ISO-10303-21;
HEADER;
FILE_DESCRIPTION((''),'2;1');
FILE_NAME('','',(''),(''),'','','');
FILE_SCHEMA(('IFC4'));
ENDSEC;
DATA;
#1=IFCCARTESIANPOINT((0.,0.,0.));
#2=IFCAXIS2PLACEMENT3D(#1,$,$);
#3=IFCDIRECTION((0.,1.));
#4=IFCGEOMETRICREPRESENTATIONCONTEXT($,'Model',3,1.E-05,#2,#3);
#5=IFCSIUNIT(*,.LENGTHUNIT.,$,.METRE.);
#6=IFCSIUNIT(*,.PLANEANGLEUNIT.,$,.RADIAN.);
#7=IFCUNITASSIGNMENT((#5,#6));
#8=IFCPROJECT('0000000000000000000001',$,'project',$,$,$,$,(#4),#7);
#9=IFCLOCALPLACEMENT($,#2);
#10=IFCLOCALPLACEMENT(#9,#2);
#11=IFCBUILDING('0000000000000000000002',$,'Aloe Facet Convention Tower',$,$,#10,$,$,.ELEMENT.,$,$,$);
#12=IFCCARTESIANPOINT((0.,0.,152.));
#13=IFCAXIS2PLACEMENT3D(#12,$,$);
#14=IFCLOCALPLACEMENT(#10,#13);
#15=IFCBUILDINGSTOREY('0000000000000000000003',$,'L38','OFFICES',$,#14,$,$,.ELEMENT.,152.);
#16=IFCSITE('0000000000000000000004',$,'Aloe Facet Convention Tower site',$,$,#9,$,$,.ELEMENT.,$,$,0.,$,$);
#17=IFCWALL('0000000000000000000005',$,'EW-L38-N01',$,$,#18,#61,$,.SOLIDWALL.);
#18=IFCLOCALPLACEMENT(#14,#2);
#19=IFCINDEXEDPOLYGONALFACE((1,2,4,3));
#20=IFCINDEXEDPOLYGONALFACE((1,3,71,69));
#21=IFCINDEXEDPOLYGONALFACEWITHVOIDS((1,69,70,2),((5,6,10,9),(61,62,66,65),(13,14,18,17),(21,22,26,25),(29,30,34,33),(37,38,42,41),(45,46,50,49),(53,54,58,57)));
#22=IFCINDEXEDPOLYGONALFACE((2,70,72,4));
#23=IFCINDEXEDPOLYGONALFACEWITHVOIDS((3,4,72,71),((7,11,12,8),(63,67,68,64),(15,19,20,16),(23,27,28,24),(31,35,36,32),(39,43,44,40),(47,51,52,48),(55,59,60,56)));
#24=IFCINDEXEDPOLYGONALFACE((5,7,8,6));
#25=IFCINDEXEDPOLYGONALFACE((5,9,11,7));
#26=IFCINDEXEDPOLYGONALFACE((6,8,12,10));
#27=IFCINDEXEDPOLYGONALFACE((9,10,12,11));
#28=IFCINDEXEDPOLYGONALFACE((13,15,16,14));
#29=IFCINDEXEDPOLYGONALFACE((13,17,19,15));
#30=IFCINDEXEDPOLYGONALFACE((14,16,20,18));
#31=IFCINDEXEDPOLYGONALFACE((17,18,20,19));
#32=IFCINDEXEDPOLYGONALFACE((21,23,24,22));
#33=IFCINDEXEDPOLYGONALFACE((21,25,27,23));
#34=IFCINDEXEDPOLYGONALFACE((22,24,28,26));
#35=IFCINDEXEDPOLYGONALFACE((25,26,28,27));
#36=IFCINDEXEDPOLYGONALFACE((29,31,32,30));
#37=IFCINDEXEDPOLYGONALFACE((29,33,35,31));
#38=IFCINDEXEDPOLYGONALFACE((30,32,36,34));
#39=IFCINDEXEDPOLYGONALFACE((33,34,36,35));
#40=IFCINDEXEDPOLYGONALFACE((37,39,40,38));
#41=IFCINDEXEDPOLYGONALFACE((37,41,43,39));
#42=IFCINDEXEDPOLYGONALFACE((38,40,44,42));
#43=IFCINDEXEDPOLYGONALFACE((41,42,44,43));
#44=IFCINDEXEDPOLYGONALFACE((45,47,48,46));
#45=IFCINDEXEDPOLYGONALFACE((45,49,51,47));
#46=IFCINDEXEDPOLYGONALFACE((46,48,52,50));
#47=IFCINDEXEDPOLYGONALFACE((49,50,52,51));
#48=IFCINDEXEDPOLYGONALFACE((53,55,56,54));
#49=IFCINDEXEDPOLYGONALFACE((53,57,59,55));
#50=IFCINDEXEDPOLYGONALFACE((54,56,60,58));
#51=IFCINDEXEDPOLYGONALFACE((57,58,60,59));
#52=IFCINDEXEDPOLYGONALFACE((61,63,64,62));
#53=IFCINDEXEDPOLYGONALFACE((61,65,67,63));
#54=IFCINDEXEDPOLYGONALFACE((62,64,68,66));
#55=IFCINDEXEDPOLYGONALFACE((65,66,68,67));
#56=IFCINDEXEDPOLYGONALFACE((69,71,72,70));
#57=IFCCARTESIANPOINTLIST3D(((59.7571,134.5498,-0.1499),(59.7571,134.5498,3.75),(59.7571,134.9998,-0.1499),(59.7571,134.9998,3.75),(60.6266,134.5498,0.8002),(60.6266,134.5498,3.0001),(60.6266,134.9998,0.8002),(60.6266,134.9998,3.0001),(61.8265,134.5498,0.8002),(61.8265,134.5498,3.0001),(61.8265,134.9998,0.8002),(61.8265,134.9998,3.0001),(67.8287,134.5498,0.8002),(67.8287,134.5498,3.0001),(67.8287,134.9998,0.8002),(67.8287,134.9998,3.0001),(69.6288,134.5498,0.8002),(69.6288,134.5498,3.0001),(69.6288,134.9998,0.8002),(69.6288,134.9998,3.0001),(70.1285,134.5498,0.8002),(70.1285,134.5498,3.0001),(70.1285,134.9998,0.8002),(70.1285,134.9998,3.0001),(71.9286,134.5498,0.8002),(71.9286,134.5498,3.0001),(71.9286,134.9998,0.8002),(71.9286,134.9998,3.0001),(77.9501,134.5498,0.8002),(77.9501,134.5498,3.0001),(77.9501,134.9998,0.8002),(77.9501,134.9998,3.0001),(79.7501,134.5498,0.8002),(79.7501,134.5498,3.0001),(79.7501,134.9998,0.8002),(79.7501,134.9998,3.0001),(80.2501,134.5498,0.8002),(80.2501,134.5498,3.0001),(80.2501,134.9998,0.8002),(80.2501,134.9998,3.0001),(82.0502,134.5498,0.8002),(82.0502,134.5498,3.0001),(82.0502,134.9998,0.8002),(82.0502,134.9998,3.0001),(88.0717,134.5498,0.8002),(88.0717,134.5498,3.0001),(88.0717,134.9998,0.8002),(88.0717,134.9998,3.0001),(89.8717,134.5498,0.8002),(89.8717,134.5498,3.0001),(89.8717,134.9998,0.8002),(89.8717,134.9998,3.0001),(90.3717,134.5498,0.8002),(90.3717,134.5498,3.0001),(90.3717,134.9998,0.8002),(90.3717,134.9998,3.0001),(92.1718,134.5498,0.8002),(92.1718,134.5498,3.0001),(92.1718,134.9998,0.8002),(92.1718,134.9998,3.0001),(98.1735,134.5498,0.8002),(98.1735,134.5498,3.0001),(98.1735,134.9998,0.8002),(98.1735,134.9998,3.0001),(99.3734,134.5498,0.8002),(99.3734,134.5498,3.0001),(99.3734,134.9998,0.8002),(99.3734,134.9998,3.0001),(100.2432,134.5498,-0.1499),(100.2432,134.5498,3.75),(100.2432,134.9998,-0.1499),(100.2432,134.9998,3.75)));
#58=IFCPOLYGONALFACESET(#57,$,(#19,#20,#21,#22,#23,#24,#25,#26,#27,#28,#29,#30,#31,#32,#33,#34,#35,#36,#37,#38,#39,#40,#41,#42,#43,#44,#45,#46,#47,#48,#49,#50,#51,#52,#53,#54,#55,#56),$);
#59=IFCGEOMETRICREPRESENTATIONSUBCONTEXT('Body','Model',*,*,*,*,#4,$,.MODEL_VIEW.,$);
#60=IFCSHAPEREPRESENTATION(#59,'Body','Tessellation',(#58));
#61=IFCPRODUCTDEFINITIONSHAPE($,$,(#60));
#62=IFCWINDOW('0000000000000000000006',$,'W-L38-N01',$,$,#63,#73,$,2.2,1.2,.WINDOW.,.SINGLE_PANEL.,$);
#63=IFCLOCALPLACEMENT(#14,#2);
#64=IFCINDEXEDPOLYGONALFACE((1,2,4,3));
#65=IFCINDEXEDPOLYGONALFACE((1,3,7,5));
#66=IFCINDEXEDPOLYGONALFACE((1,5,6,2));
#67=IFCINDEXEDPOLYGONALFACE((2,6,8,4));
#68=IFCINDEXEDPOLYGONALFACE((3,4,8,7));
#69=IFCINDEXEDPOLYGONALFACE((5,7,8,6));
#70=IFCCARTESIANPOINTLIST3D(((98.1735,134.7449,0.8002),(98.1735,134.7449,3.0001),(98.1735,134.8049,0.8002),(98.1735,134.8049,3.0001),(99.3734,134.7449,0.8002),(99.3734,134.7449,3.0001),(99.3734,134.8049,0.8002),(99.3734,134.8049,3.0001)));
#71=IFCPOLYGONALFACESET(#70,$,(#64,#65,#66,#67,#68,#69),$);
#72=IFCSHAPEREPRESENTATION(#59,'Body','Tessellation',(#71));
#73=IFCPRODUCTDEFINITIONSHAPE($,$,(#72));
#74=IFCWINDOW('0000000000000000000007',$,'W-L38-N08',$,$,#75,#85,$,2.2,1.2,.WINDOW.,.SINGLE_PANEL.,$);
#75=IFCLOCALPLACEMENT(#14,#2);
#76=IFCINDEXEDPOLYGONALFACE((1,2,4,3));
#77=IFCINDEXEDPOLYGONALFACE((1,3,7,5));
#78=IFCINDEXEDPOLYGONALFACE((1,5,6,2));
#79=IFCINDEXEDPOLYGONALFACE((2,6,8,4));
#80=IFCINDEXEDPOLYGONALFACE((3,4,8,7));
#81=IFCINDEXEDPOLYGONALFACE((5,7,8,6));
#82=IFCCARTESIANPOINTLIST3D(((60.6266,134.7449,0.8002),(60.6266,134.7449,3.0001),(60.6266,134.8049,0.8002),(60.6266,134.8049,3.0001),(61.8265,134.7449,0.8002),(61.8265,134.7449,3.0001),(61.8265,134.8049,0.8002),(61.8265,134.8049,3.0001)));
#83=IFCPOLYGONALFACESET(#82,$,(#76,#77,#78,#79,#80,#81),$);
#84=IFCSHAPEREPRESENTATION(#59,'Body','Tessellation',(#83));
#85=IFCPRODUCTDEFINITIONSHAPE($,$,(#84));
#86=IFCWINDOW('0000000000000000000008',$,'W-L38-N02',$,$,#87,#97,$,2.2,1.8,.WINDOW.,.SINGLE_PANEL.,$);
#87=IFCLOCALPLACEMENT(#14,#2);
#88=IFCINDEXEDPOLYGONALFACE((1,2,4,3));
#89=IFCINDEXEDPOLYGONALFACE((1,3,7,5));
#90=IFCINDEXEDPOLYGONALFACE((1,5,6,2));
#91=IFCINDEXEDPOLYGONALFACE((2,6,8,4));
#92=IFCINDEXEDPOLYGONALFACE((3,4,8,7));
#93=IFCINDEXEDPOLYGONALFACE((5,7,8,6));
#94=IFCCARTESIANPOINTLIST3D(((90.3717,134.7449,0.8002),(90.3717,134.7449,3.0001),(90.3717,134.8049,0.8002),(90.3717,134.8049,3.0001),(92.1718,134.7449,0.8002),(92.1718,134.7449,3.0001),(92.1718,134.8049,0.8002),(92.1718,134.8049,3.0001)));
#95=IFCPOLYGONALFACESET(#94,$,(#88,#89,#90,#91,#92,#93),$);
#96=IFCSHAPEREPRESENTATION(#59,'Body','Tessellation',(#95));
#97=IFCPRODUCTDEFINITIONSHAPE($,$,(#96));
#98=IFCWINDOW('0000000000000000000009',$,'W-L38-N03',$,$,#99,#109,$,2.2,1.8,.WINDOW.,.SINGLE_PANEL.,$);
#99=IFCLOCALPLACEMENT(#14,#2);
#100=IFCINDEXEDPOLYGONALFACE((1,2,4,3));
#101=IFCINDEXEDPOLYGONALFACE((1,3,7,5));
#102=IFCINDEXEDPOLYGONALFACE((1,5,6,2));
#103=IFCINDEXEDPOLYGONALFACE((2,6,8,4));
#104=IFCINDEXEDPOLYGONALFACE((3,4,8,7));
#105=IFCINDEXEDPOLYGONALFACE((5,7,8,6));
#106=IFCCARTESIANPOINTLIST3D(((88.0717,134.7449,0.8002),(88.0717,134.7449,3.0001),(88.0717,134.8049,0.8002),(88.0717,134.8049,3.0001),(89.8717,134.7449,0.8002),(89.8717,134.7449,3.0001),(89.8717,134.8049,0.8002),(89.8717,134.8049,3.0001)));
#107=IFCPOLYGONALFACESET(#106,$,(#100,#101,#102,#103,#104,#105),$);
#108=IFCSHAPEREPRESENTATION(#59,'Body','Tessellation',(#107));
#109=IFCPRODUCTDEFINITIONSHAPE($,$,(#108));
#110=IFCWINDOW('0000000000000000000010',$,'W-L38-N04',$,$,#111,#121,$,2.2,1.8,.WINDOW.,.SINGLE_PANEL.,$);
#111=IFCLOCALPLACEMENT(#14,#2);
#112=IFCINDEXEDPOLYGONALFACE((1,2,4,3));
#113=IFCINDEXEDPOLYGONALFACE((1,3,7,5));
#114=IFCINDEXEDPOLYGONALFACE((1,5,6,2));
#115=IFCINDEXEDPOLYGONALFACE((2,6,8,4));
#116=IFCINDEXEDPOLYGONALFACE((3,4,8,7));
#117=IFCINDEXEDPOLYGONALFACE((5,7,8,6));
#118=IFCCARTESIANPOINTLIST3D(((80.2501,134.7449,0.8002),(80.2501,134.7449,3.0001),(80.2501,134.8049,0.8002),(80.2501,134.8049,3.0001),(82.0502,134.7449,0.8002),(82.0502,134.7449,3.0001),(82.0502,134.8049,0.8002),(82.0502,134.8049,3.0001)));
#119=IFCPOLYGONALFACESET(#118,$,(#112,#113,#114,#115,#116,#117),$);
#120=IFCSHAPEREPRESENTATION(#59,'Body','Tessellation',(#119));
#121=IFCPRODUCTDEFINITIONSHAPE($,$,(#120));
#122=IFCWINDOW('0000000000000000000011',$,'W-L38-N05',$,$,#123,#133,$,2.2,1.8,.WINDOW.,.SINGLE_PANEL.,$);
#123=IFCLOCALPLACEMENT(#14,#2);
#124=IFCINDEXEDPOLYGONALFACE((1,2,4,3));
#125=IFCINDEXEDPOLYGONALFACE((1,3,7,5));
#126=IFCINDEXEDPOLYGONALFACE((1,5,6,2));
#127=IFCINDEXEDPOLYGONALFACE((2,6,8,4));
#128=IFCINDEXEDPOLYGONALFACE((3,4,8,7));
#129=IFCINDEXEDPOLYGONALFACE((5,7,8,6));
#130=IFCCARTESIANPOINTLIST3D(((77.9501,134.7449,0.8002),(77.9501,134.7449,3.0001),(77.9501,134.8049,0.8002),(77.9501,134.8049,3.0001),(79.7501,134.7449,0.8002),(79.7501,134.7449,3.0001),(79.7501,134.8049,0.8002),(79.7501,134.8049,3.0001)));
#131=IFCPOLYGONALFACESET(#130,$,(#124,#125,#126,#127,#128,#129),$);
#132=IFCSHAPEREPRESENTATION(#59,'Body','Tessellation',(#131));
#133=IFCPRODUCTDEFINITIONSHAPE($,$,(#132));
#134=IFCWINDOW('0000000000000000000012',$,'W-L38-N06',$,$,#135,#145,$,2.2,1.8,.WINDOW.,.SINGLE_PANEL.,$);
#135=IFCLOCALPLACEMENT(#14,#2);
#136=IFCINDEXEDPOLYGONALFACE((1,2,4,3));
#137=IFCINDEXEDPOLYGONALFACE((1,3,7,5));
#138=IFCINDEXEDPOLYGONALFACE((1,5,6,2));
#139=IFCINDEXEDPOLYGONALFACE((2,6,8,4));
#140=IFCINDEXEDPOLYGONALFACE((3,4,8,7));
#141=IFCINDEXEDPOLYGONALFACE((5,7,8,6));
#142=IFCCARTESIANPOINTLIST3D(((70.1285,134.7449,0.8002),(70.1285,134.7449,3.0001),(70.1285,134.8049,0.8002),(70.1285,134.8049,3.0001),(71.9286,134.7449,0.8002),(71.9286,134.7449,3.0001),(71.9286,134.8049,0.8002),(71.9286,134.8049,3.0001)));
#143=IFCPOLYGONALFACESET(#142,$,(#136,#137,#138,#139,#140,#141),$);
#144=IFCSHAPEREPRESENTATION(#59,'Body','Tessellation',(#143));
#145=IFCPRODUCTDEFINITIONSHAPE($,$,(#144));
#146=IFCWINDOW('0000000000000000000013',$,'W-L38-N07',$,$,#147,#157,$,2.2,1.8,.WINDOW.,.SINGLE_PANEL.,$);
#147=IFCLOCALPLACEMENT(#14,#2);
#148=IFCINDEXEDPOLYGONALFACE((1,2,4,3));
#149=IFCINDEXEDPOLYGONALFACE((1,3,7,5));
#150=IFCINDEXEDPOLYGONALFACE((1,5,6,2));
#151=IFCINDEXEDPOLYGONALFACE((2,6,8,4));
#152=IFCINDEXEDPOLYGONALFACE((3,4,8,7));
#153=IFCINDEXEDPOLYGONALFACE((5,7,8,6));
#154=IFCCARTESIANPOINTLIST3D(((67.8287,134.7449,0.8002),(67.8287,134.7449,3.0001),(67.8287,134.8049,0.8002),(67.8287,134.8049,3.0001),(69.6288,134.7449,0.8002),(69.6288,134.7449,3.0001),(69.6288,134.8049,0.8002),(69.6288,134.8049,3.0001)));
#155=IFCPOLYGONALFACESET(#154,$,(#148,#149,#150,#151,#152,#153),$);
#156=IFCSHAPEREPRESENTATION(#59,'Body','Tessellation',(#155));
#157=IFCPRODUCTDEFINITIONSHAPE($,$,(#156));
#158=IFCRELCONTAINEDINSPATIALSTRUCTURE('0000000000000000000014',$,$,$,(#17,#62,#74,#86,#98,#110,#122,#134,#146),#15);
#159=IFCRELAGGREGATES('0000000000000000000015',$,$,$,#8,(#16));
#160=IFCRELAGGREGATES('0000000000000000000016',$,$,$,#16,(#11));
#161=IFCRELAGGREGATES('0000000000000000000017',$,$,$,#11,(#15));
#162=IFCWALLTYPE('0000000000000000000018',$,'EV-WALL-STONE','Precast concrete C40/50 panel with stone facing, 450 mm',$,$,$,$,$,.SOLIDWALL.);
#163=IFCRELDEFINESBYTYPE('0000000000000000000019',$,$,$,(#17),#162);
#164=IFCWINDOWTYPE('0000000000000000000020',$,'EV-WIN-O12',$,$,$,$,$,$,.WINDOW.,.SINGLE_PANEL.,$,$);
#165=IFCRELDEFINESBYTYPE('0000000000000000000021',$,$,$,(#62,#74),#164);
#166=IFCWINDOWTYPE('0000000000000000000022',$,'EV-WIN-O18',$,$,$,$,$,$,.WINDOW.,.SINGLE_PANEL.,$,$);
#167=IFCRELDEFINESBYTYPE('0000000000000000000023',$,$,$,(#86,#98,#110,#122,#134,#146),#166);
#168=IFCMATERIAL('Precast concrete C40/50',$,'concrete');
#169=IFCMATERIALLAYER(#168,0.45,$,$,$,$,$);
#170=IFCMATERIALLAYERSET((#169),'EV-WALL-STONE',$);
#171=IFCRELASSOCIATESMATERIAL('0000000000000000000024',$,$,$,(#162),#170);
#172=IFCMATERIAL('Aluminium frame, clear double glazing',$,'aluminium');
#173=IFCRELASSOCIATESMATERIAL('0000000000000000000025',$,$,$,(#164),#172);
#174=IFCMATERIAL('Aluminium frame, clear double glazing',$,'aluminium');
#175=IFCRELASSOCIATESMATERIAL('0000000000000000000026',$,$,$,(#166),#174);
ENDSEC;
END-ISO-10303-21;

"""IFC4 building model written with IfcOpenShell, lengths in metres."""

from ifc_helpers import new_model, si_unit, direction, frame, frame_2d, origin, place, context, subcontext, project, spatial, polyline, rectangle, outline, extrude, material, layer, layer_set, type_object, element, fill, save


model = new_model("IFC4")

# Units and contexts
model_context = context("Model", 3, precision=1e-05, world=origin(), true_north=direction((0.0, 1.0)))
body_context = subcontext(model_context, "Body", "Model", "MODEL_VIEW")
ifc_project = project(units=[si_unit("LENGTHUNIT", "METRE"), si_unit("PLANEANGLEUNIT", "RADIAN")], contexts=[model_context])

# Site, building, storey
site_placement = place(None, origin())
site = spatial("IfcSite", under=ifc_project, at=site_placement, Name="Aloe Facet Convention Tower site", CompositionType="ELEMENT", RefElevation=0.0)
building_placement = place(site_placement, origin())
building = spatial("IfcBuilding", under=site, at=building_placement, Name="Aloe Facet Convention Tower", CompositionType="ELEMENT")
storey_placement = place(building_placement, frame((0.0, 0.0, 152.0)))
storey = spatial("IfcBuildingStorey", under=building, at=storey_placement, Name="L38", Description="OFFICES", CompositionType="ELEMENT", Elevation=152.0)

# Wall, openings, windows
ifc_material_1 = material(Name="Precast concrete C40/50", Category="concrete")
ifc_layer_1 = layer(ifc_material_1, 0.45)
ifc_layer_set_1 = layer_set([ifc_layer_1], Name="EV-WALL-STONE")
wall_type_1 = type_object("IfcWallType", Name="EV-WALL-STONE", Description="Precast concrete C40/50 panel with stone facing, 450 mm", PredefinedType="SOLIDWALL", material=ifc_layer_set_1)
wall_1_placement = place(storey_placement, frame((100.2432, 134.7749, -0.1499), z_axis=(0.0, 0.0, 1.0), x_axis=(-1.0, 0.0, 0.0)))
wall_1 = element("IfcWall", 1, at=wall_1_placement, inside=storey, type_object=wall_type_1, Name="EW-L38-N01", PredefinedType="SOLIDWALL", context=body_context, shape_type="SweptSolid", body=[
    extrude(outline(polyline([(40.4861, 0.0), (40.4861, 3.8999), (0.0, 3.8999), (0.0, 0.0), (40.4861, 0.0)])), frame((0.0, 0.2251, 0.0), z_axis=(0.0, -1.0, 0.0), x_axis=(1.0, 0.0, 0.0)), (0.0, 0.0, 1.0), 0.45),
])
opening_1_placement = place(wall_1_placement, frame((0.8696, 0.0, 0.95)))
opening_1 = element("IfcOpeningElement", 2, at=opening_1_placement, cuts=wall_1, PredefinedType="OPENING", context=body_context, shape_type="SweptSolid", body=[
    extrude(rectangle(XDim=1.2, YDim=2.2, at=frame_2d((0.6001, 1.1001))), frame((0.0, 0.2349, 0.0), z_axis=(0.0, -1.0, 0.0), x_axis=(1.0, 0.0, 0.0)), (0.0, 0.0, 1.0), 0.47),
])
opening_2_placement = place(wall_1_placement, frame((8.0715, 0.0, 0.95)))
opening_2 = element("IfcOpeningElement", 3, at=opening_2_placement, cuts=wall_1, PredefinedType="OPENING", context=body_context, shape_type="SweptSolid", body=[
    extrude(rectangle(XDim=1.8, YDim=2.2, at=frame_2d((0.8999, 1.1001))), frame((0.0, 0.2349, 0.0), z_axis=(0.0, -1.0, 0.0), x_axis=(1.0, 0.0, 0.0)), (0.0, 0.0, 1.0), 0.47),
])
opening_3_placement = place(wall_1_placement, frame((10.3716, 0.0, 0.95)))
opening_3 = element("IfcOpeningElement", 4, at=opening_3_placement, cuts=wall_1, PredefinedType="OPENING", context=body_context, shape_type="SweptSolid", body=[
    extrude(rectangle(XDim=1.8, YDim=2.2, at=frame_2d((0.8999, 1.1001))), frame((0.0, 0.2349, 0.0), z_axis=(0.0, -1.0, 0.0), x_axis=(1.0, 0.0, 0.0)), (0.0, 0.0, 1.0), 0.47),
])
opening_4_placement = place(wall_1_placement, frame((18.1931, 0.0, 0.95)))
opening_4 = element("IfcOpeningElement", 5, at=opening_4_placement, cuts=wall_1, PredefinedType="OPENING", context=body_context, shape_type="SweptSolid", body=[
    extrude(rectangle(XDim=1.8, YDim=2.2, at=frame_2d((0.8999, 1.1001))), frame((0.0, 0.2349, 0.0), z_axis=(0.0, -1.0, 0.0), x_axis=(1.0, 0.0, 0.0)), (0.0, 0.0, 1.0), 0.47),
])
opening_5_placement = place(wall_1_placement, frame((20.4932, 0.0, 0.95)))
opening_5 = element("IfcOpeningElement", 6, at=opening_5_placement, cuts=wall_1, PredefinedType="OPENING", context=body_context, shape_type="SweptSolid", body=[
    extrude(rectangle(XDim=1.8, YDim=2.2, at=frame_2d((0.8999, 1.1001))), frame((0.0, 0.2349, 0.0), z_axis=(0.0, -1.0, 0.0), x_axis=(1.0, 0.0, 0.0)), (0.0, 0.0, 1.0), 0.47),
])
opening_6_placement = place(wall_1_placement, frame((28.3147, 0.0, 0.95)))
opening_6 = element("IfcOpeningElement", 7, at=opening_6_placement, cuts=wall_1, PredefinedType="OPENING", context=body_context, shape_type="SweptSolid", body=[
    extrude(rectangle(XDim=1.8, YDim=2.2, at=frame_2d((0.8999, 1.1001))), frame((0.0, 0.2349, 0.0), z_axis=(0.0, -1.0, 0.0), x_axis=(1.0, 0.0, 0.0)), (0.0, 0.0, 1.0), 0.47),
])
opening_7_placement = place(wall_1_placement, frame((30.6145, 0.0, 0.95)))
opening_7 = element("IfcOpeningElement", 8, at=opening_7_placement, cuts=wall_1, PredefinedType="OPENING", context=body_context, shape_type="SweptSolid", body=[
    extrude(rectangle(XDim=1.8, YDim=2.2, at=frame_2d((0.8999, 1.1001))), frame((0.0, 0.2349, 0.0), z_axis=(0.0, -1.0, 0.0), x_axis=(1.0, 0.0, 0.0)), (0.0, 0.0, 1.0), 0.47),
])
opening_8_placement = place(wall_1_placement, frame((38.4165, 0.0, 0.95)))
opening_8 = element("IfcOpeningElement", 9, at=opening_8_placement, cuts=wall_1, PredefinedType="OPENING", context=body_context, shape_type="SweptSolid", body=[
    extrude(rectangle(XDim=1.2, YDim=2.2, at=frame_2d((0.6001, 1.1001))), frame((0.0, 0.2349, 0.0), z_axis=(0.0, -1.0, 0.0), x_axis=(1.0, 0.0, 0.0)), (0.0, 0.0, 1.0), 0.47),
])
ifc_material_2 = material(Name="Aluminium frame, clear double glazing", Category="aluminium")
window_type_1 = type_object("IfcWindowType", Name="EV-WIN-O12", PartitioningType="SINGLE_PANEL", PredefinedType="WINDOW", material=ifc_material_2)
window_1_placement = place(opening_1_placement, origin())
window_1 = element("IfcWindow", 10, at=window_1_placement, inside=storey, type_object=window_type_1, Name="W-L38-N01", OverallHeight=2.2, OverallWidth=1.2, PartitioningType="SINGLE_PANEL", PredefinedType="WINDOW", context=body_context, shape_type="SweptSolid", body=[
    extrude(rectangle(XDim=1.2, YDim=2.2, at=frame_2d((0.6001, 1.1001))), frame((0.0, 0.03, 0.0), z_axis=(0.0, -1.0, 0.0), x_axis=(1.0, 0.0, 0.0)), (0.0, 0.0, 1.0), 0.0601),
])
fill(opening_1, window_1)
window_2_placement = place(opening_8_placement, origin())
window_2 = element("IfcWindow", 11, at=window_2_placement, inside=storey, type_object=window_type_1, Name="W-L38-N08", OverallHeight=2.2, OverallWidth=1.2, PartitioningType="SINGLE_PANEL", PredefinedType="WINDOW", context=body_context, shape_type="SweptSolid", body=[
    extrude(rectangle(XDim=1.2, YDim=2.2, at=frame_2d((0.6001, 1.1001))), frame((0.0, 0.03, 0.0), z_axis=(0.0, -1.0, 0.0), x_axis=(1.0, 0.0, 0.0)), (0.0, 0.0, 1.0), 0.0601),
])
fill(opening_8, window_2)
ifc_material_3 = material(Name="Aluminium frame, clear double glazing", Category="aluminium")
window_type_2 = type_object("IfcWindowType", Name="EV-WIN-O18", PartitioningType="SINGLE_PANEL", PredefinedType="WINDOW", material=ifc_material_3)
window_3_placement = place(opening_2_placement, origin())
window_3 = element("IfcWindow", 12, at=window_3_placement, inside=storey, type_object=window_type_2, Name="W-L38-N02", OverallHeight=2.2, OverallWidth=1.8, PartitioningType="SINGLE_PANEL", PredefinedType="WINDOW", context=body_context, shape_type="SweptSolid", body=[
    extrude(rectangle(XDim=1.8, YDim=2.2, at=frame_2d((0.8999, 1.1001))), frame((0.0, 0.03, 0.0), z_axis=(0.0, -1.0, 0.0), x_axis=(1.0, 0.0, 0.0)), (0.0, 0.0, 1.0), 0.0601),
])
fill(opening_2, window_3)
window_4_placement = place(opening_3_placement, origin())
window_4 = element("IfcWindow", 13, at=window_4_placement, inside=storey, type_object=window_type_2, Name="W-L38-N03", OverallHeight=2.2, OverallWidth=1.8, PartitioningType="SINGLE_PANEL", PredefinedType="WINDOW", context=body_context, shape_type="SweptSolid", body=[
    extrude(rectangle(XDim=1.8, YDim=2.2, at=frame_2d((0.8999, 1.1001))), frame((0.0, 0.03, 0.0), z_axis=(0.0, -1.0, 0.0), x_axis=(1.0, 0.0, 0.0)), (0.0, 0.0, 1.0), 0.0601),
])
fill(opening_3, window_4)
window_5_placement = place(opening_4_placement, origin())
window_5 = element("IfcWindow", 14, at=window_5_placement, inside=storey, type_object=window_type_2, Name="W-L38-N04", OverallHeight=2.2, OverallWidth=1.8, PartitioningType="SINGLE_PANEL", PredefinedType="WINDOW", context=body_context, shape_type="SweptSolid", body=[
    extrude(rectangle(XDim=1.8, YDim=2.2, at=frame_2d((0.8999, 1.1001))), frame((0.0, 0.03, 0.0), z_axis=(0.0, -1.0, 0.0), x_axis=(1.0, 0.0, 0.0)), (0.0, 0.0, 1.0), 0.0601),
])
fill(opening_4, window_5)
window_6_placement = place(opening_5_placement, origin())
window_6 = element("IfcWindow", 15, at=window_6_placement, inside=storey, type_object=window_type_2, Name="W-L38-N05", OverallHeight=2.2, OverallWidth=1.8, PartitioningType="SINGLE_PANEL", PredefinedType="WINDOW", context=body_context, shape_type="SweptSolid", body=[
    extrude(rectangle(XDim=1.8, YDim=2.2, at=frame_2d((0.8999, 1.1001))), frame((0.0, 0.03, 0.0), z_axis=(0.0, -1.0, 0.0), x_axis=(1.0, 0.0, 0.0)), (0.0, 0.0, 1.0), 0.0601),
])
fill(opening_5, window_6)
window_7_placement = place(opening_6_placement, origin())
window_7 = element("IfcWindow", 16, at=window_7_placement, inside=storey, type_object=window_type_2, Name="W-L38-N06", OverallHeight=2.2, OverallWidth=1.8, PartitioningType="SINGLE_PANEL", PredefinedType="WINDOW", context=body_context, shape_type="SweptSolid", body=[
    extrude(rectangle(XDim=1.8, YDim=2.2, at=frame_2d((0.8999, 1.1001))), frame((0.0, 0.03, 0.0), z_axis=(0.0, -1.0, 0.0), x_axis=(1.0, 0.0, 0.0)), (0.0, 0.0, 1.0), 0.0601),
])
fill(opening_6, window_7)
window_8_placement = place(opening_7_placement, origin())
window_8 = element("IfcWindow", 17, at=window_8_placement, inside=storey, type_object=window_type_2, Name="W-L38-N07", OverallHeight=2.2, OverallWidth=1.8, PartitioningType="SINGLE_PANEL", PredefinedType="WINDOW", context=body_context, shape_type="SweptSolid", body=[
    extrude(rectangle(XDim=1.8, YDim=2.2, at=frame_2d((0.8999, 1.1001))), frame((0.0, 0.03, 0.0), z_axis=(0.0, -1.0, 0.0), x_axis=(1.0, 0.0, 0.0)), (0.0, 0.0, 1.0), 0.0601),
])
fill(opening_7, window_8)

save(model, "model.ifc")
